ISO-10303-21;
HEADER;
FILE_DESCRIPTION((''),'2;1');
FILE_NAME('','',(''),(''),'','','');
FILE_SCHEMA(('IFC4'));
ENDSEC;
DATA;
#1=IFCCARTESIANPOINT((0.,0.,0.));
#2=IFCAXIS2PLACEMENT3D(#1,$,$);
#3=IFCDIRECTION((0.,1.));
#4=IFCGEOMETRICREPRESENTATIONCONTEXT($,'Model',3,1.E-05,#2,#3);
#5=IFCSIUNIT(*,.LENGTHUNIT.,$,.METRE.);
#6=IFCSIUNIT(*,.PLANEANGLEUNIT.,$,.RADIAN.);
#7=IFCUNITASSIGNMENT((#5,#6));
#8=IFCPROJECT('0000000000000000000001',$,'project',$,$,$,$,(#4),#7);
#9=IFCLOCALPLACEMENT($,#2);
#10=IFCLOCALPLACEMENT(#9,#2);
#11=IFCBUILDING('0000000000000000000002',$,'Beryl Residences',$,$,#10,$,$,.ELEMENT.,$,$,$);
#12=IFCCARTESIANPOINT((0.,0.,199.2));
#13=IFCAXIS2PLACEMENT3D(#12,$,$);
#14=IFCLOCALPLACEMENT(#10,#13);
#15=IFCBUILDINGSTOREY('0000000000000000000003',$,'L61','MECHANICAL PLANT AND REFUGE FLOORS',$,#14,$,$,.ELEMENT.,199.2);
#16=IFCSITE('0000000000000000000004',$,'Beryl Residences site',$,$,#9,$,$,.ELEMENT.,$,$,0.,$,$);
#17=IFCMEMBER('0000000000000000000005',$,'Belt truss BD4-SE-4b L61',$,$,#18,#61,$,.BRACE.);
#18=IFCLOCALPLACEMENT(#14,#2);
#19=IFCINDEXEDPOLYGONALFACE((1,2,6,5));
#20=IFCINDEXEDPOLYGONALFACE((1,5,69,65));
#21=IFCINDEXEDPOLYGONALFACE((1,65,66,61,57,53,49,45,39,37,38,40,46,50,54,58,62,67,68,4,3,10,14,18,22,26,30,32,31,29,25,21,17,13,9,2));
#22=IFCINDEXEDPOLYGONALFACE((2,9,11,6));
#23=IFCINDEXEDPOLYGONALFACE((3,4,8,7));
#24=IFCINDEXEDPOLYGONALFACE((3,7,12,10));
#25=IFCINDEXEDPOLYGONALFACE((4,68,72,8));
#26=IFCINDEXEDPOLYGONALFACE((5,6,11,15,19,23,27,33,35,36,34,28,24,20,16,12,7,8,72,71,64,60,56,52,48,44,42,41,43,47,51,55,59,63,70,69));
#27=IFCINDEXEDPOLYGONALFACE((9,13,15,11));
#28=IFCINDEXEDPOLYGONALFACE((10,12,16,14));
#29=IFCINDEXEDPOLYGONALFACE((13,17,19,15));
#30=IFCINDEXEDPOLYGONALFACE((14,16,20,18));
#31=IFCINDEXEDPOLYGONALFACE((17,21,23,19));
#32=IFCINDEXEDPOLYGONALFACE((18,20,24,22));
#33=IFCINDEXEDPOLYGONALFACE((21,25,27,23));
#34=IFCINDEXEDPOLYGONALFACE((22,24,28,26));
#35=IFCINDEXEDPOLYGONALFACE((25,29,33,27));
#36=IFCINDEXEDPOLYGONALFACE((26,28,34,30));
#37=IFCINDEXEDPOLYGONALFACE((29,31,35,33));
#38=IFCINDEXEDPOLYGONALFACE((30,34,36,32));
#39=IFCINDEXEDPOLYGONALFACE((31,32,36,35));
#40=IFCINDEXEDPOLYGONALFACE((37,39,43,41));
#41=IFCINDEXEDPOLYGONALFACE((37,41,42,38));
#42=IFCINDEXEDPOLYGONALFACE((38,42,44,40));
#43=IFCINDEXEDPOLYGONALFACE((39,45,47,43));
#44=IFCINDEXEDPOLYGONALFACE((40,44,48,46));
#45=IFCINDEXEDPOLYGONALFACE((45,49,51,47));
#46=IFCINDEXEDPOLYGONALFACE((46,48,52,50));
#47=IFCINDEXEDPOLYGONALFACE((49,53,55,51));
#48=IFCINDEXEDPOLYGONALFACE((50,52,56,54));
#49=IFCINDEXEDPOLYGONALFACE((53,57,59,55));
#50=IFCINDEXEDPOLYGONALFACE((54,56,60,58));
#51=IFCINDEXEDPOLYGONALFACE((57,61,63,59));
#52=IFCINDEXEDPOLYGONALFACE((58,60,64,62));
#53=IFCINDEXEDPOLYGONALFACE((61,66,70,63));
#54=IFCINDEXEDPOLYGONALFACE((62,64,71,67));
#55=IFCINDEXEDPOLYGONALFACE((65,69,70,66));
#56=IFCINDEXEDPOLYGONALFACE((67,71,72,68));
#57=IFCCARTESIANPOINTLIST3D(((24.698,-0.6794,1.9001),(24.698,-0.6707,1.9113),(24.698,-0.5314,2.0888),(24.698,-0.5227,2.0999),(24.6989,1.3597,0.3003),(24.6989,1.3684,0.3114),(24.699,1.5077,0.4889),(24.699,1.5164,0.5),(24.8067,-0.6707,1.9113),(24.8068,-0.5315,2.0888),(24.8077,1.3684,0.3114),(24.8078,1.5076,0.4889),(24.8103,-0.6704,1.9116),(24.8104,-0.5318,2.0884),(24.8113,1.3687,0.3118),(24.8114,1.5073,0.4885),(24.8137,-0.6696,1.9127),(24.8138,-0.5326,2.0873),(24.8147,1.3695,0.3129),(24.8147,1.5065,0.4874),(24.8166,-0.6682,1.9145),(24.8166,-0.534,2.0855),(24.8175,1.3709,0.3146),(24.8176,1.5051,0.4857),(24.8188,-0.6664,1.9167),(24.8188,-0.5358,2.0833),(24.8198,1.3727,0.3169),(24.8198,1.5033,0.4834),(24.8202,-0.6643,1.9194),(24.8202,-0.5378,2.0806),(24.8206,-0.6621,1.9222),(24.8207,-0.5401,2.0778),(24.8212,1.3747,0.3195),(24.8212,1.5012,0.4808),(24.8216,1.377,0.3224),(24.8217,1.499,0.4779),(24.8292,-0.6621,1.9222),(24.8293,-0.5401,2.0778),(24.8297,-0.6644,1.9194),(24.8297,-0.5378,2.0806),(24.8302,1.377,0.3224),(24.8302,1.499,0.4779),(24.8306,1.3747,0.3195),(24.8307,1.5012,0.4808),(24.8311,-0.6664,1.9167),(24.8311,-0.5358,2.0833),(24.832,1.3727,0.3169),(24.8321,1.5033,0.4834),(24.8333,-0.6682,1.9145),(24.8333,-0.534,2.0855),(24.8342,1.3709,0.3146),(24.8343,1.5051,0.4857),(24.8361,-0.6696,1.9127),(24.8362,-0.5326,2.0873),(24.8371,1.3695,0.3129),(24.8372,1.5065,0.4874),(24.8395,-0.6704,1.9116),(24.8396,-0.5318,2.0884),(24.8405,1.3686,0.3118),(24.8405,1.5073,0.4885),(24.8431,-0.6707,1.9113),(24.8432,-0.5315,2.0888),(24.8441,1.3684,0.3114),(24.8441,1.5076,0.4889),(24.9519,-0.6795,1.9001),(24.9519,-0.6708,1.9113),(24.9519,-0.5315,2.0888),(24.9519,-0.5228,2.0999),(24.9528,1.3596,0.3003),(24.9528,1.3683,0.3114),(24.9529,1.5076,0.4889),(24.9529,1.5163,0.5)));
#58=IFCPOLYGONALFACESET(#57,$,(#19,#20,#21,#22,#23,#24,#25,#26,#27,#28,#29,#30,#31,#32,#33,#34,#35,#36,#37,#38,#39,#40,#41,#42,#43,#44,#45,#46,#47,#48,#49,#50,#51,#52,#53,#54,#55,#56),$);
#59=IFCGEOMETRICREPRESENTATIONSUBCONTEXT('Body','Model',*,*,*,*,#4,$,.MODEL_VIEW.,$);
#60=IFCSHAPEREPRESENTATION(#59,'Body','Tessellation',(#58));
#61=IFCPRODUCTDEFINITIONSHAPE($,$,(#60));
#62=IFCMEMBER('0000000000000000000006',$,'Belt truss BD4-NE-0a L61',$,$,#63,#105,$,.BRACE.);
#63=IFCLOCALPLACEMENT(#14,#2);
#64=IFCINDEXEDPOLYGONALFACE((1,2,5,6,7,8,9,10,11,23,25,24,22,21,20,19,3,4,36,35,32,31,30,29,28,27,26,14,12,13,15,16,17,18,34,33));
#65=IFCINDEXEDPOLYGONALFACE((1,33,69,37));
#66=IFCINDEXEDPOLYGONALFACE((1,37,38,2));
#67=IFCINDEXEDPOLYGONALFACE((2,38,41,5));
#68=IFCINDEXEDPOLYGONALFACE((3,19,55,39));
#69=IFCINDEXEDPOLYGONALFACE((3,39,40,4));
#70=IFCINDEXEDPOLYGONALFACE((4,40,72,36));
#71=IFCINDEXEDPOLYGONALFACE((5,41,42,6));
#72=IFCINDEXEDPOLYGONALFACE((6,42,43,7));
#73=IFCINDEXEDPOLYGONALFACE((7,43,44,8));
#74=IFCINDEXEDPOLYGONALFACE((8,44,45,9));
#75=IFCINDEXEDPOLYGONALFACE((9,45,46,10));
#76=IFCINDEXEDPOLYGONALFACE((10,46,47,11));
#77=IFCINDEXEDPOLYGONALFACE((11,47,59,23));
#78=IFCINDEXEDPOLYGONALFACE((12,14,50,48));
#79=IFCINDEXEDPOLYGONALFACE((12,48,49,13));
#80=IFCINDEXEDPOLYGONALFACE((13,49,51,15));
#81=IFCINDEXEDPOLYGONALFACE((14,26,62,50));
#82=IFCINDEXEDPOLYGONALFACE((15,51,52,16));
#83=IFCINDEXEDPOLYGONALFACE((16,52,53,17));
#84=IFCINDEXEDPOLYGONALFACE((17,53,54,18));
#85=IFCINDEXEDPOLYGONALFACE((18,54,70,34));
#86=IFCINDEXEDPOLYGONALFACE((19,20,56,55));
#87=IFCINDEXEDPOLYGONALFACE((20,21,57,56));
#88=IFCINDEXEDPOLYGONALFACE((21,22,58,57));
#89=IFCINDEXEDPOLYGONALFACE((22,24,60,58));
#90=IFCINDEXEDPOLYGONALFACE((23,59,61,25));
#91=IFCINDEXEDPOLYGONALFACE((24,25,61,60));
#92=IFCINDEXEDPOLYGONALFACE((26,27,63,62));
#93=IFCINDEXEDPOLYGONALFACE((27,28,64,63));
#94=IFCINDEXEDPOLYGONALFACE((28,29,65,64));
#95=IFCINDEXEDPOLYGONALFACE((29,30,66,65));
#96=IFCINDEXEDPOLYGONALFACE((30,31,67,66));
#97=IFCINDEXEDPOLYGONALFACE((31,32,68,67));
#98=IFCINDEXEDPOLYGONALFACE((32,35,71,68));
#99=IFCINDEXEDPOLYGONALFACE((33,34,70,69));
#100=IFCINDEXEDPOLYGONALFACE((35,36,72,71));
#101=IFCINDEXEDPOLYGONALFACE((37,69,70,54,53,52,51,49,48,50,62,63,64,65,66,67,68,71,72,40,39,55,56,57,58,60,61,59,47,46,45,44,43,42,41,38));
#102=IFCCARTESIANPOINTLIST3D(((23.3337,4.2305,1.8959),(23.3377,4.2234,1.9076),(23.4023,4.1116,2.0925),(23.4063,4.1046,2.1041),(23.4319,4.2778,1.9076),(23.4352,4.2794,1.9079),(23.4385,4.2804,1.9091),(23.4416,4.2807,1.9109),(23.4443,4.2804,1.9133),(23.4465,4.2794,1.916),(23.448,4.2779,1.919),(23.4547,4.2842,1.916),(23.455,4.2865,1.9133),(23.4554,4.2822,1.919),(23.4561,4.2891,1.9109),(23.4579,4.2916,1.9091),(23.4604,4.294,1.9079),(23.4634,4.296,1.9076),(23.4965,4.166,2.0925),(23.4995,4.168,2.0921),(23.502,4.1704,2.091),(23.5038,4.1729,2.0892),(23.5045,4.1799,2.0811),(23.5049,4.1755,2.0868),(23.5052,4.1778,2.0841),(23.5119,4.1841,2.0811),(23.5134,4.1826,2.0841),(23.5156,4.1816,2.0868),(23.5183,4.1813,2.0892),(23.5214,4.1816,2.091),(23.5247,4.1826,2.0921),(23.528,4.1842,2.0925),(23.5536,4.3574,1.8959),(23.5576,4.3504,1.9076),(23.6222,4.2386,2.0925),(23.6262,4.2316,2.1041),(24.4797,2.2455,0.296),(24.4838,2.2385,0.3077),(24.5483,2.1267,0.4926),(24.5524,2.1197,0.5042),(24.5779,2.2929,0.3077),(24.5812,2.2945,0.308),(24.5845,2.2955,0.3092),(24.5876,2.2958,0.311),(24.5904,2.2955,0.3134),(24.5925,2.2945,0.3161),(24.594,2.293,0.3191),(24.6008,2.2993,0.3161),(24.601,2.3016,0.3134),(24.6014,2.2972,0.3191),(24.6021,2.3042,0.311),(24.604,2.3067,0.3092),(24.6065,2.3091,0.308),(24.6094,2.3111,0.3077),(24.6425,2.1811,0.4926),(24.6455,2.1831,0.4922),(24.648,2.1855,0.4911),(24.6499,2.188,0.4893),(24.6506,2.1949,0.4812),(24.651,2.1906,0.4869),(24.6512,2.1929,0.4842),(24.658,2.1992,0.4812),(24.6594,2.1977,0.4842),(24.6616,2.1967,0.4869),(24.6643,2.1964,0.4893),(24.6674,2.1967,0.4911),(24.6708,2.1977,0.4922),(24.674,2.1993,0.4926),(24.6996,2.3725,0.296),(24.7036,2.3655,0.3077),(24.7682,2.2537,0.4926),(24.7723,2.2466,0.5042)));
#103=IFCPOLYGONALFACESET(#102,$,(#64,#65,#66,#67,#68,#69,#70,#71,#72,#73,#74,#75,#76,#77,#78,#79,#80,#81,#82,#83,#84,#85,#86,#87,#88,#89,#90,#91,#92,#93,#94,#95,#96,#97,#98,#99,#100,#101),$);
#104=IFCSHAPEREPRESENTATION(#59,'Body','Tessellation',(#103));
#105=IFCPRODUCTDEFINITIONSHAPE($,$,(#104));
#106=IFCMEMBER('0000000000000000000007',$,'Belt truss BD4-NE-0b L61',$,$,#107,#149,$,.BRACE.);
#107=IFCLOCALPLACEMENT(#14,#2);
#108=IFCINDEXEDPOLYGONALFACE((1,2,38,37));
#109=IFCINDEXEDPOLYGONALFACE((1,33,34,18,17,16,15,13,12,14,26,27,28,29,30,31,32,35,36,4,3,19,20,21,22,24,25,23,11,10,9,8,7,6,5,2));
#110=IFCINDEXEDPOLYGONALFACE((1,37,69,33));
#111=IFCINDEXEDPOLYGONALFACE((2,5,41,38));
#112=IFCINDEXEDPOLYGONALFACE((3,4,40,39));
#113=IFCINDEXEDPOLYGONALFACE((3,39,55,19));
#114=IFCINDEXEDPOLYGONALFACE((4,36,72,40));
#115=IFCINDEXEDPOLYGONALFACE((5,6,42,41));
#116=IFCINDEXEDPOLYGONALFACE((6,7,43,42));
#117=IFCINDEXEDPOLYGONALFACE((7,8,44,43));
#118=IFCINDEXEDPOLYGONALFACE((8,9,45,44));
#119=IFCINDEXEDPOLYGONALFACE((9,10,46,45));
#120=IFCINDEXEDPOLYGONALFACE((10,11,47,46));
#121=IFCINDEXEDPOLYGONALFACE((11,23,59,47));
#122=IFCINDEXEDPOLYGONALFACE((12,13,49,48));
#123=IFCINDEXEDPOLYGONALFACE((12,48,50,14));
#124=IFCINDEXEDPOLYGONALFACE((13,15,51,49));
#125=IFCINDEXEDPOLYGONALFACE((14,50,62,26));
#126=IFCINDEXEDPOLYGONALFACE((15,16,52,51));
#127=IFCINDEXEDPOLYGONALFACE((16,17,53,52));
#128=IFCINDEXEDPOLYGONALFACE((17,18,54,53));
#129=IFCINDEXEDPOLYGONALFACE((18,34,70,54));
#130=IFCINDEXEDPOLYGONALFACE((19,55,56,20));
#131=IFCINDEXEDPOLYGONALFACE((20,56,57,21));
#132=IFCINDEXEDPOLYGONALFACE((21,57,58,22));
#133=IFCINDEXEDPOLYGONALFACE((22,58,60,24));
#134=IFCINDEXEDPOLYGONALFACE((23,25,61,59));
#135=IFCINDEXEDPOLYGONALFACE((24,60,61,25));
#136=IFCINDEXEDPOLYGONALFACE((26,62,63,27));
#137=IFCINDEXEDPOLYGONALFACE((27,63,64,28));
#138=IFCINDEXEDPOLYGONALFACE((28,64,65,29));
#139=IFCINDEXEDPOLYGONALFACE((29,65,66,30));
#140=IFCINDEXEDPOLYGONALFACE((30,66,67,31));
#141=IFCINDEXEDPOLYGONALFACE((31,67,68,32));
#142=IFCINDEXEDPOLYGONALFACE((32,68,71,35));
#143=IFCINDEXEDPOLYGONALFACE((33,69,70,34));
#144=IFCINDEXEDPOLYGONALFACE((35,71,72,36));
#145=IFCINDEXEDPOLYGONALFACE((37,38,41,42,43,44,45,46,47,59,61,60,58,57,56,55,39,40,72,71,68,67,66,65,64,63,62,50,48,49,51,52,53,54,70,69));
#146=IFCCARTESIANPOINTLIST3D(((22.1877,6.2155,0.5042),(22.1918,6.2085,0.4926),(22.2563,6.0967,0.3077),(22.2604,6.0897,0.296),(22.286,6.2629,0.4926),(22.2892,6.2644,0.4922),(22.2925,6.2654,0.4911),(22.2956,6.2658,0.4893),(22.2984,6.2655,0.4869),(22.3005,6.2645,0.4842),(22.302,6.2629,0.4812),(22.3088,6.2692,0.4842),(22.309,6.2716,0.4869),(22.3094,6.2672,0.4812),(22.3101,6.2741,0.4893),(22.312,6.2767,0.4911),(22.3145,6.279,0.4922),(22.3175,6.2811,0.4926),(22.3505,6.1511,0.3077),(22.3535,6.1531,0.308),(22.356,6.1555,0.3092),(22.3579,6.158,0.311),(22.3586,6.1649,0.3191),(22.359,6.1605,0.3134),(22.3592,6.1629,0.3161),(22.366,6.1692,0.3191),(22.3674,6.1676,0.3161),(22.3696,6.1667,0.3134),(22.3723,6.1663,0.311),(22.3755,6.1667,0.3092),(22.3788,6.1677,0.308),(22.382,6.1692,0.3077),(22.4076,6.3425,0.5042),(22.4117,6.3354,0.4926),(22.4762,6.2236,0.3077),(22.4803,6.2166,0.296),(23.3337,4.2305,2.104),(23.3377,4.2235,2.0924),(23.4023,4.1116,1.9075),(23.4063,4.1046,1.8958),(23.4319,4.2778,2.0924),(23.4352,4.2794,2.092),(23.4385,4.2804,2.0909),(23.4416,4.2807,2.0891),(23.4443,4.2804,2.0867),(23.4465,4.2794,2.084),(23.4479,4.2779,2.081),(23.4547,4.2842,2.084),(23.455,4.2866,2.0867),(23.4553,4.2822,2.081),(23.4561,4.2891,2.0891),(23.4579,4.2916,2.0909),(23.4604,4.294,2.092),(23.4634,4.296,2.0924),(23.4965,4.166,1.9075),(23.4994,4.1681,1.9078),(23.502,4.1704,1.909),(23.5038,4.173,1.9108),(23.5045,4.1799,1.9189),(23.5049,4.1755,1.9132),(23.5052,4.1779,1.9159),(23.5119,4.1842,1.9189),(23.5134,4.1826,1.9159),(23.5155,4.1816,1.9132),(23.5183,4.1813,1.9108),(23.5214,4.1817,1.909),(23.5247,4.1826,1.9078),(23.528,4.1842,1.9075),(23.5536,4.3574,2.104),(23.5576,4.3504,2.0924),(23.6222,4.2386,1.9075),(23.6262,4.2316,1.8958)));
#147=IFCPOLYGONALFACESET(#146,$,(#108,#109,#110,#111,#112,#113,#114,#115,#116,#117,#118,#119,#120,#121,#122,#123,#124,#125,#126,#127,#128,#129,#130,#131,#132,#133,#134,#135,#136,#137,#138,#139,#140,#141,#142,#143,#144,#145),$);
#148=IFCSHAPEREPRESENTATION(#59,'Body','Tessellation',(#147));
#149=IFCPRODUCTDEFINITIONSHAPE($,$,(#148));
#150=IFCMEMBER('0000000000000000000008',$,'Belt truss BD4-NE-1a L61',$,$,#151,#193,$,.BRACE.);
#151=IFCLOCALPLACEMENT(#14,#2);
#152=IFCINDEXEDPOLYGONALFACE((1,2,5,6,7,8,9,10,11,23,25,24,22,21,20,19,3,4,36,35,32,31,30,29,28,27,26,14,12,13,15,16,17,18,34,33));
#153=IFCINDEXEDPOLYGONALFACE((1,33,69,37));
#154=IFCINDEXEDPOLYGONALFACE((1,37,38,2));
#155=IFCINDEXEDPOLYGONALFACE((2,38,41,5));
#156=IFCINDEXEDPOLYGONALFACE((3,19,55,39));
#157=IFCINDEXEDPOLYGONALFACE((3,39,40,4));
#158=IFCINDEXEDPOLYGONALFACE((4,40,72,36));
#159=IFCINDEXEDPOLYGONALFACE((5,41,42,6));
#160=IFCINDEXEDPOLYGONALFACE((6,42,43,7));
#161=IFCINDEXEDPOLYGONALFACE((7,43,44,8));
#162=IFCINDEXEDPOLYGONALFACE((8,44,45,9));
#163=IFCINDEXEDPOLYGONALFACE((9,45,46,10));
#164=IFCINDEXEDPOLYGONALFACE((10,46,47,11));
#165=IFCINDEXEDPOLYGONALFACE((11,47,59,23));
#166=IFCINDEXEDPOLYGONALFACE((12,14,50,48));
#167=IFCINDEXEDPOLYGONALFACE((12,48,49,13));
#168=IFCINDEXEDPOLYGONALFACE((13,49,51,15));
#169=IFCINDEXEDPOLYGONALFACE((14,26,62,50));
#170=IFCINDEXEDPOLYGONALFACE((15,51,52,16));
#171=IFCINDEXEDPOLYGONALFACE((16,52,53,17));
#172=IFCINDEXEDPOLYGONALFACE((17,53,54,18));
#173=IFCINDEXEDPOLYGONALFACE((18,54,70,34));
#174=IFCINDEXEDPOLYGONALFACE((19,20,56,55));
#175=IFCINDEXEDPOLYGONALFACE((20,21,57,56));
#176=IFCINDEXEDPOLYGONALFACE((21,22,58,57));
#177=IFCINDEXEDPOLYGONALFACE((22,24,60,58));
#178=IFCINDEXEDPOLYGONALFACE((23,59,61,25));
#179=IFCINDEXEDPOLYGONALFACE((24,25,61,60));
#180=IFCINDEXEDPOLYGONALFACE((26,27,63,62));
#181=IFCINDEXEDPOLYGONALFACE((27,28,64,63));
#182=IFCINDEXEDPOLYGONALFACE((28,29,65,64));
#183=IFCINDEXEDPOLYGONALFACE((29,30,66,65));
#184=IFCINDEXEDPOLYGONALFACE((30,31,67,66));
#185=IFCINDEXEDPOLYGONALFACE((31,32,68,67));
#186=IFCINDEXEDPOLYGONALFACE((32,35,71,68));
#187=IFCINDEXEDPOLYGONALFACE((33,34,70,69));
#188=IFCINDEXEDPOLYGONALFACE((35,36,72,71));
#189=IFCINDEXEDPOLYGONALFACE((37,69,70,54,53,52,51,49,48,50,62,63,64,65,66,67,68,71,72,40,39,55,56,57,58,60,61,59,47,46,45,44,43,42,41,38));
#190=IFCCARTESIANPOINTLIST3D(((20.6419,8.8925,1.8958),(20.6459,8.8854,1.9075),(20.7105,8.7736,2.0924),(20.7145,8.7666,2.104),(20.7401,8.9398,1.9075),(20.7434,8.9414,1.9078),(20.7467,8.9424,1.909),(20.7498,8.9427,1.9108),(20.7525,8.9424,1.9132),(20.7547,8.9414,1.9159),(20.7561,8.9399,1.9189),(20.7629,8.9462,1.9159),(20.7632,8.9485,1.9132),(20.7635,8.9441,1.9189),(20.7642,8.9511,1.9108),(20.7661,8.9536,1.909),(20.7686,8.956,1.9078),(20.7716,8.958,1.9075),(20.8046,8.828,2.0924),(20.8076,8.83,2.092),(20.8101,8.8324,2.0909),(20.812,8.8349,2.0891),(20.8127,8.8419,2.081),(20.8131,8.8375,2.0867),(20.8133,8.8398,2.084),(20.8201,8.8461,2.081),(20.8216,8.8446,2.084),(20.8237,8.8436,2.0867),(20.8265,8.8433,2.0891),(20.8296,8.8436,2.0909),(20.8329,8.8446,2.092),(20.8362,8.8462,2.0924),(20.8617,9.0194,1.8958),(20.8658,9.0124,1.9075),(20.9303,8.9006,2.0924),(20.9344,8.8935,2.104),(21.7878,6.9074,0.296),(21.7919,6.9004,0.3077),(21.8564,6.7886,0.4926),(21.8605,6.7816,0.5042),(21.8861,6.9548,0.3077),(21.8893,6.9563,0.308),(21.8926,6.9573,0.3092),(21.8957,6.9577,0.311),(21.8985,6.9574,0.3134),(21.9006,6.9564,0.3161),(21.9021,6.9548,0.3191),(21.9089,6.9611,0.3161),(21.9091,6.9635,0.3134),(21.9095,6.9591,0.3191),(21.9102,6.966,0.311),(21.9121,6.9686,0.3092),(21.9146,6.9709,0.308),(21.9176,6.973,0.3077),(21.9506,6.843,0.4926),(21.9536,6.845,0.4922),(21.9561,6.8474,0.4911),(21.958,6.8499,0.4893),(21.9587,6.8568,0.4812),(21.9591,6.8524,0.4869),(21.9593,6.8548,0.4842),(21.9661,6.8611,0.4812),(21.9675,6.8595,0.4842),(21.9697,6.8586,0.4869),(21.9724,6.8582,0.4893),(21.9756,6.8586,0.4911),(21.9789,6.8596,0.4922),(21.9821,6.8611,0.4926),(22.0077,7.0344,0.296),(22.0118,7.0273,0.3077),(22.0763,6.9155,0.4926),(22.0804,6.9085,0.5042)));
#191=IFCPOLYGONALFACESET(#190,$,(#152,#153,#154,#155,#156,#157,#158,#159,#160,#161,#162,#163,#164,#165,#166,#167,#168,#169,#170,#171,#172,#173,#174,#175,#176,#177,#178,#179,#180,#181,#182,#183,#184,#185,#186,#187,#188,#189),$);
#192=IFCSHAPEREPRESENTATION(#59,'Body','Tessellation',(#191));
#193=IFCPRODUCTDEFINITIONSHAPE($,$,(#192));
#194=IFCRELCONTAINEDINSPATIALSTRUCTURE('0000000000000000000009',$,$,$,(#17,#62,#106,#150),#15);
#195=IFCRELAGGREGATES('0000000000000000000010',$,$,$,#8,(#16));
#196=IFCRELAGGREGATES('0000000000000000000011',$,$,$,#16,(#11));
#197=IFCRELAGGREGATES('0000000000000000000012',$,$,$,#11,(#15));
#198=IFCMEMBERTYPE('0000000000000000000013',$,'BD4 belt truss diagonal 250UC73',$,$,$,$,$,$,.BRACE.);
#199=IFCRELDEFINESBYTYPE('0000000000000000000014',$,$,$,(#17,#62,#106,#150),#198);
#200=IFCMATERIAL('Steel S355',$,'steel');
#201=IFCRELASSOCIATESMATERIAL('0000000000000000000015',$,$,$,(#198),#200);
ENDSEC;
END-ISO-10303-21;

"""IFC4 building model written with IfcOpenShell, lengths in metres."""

from ifc_helpers import new_model, si_unit, direction, frame, origin, origin_2d, place, context, subcontext, project, spatial, i_section, extrude, material, material_profile, profile_set, type_object, element, save


model = new_model("IFC4")

# Units and contexts
model_context = context("Model", 3, precision=1e-05, world=origin(), true_north=direction((0.0, 1.0)))
body_context = subcontext(model_context, "Body", "Model", "MODEL_VIEW")
ifc_project = project(units=[si_unit("LENGTHUNIT", "METRE"), si_unit("PLANEANGLEUNIT", "RADIAN")], contexts=[model_context])

# Site, building, storey
site_placement = place(None, origin())
site = spatial("IfcSite", under=ifc_project, at=site_placement, Name="Beryl Residences site", CompositionType="ELEMENT", RefElevation=0.0)
building_placement = place(site_placement, origin())
building = spatial("IfcBuilding", under=site, at=building_placement, Name="Beryl Residences", CompositionType="ELEMENT")
storey_placement = place(building_placement, frame((0.0, 0.0, 199.2)))
storey = spatial("IfcBuildingStorey", under=building, at=storey_placement, Name="L61", Description="MECHANICAL PLANT AND REFUGE FLOORS", CompositionType="ELEMENT", Elevation=199.2)

# Members
ifc_material_1 = material(Name="Steel S355", Category="steel")
ifc_material_profile_1 = material_profile(ifc_material_1, i_section(OverallWidth=0.2539, OverallDepth=0.2539, WebThickness=0.0085, FlangeThickness=0.0142, FilletRadius=0.0139, at=origin_2d()))
ifc_profile_set_1 = profile_set([ifc_material_profile_1], Name="Steel S355")
member_type_1 = type_object("IfcMemberType", Name="BD4 belt truss diagonal 250UC73", PredefinedType="BRACE", material=ifc_profile_set_1)
member_1_placement = place(storey_placement, frame((24.8259, 1.438, 0.4001), z_axis=(-0.000377, -0.786743, 0.617281), x_axis=(1.0, -0.000479, 0.0)))
element("IfcMember", 1, at=member_1_placement, inside=storey, type_object=member_type_1, Name="Belt truss BD4-SE-4b L61", PredefinedType="BRACE", context=body_context, shape_type="SweptSolid", body=[
    extrude(i_section(OverallWidth=0.2539, OverallDepth=0.2539, WebThickness=0.0085, FlangeThickness=0.0142, FilletRadius=0.0139, at=origin_2d()), origin(), (0.0, 0.0, 1.0), 2.5918),
])
for number, where, z_axis, x_axis, name in (
    (2, (24.626, 2.2461, 0.4001), (-0.410003, 0.710125, 0.57238), (-0.866019, -0.500011, 0.0), "Belt truss BD4-NE-0a L61"),
    (3, (22.334, 6.2161, 0.4001), (0.409978, -0.710169, 0.572345), (0.866045, 0.499965, 0.0), "Belt truss BD4-NE-0b L61"),
    (4, (21.9341, 6.908, 0.4001), (-0.409978, 0.710169, 0.572345), (-0.866045, -0.499965, 0.0), "Belt truss BD4-NE-1a L61"),
):
    element("IfcMember", number, at=place(storey_placement, frame(where, z_axis=z_axis, x_axis=x_axis)), inside=storey, type_object=member_type_1, Name=name, PredefinedType="BRACE", context=body_context, shape_type="SweptSolid", body=[
        extrude(i_section(OverallWidth=0.2539, OverallDepth=0.2539, WebThickness=0.0085, FlangeThickness=0.0142, FilletRadius=0.0139, at=origin_2d()), origin(), (0.0, 0.0, 1.0), 2.7952),
    ])

save(model, "model.ifc")
